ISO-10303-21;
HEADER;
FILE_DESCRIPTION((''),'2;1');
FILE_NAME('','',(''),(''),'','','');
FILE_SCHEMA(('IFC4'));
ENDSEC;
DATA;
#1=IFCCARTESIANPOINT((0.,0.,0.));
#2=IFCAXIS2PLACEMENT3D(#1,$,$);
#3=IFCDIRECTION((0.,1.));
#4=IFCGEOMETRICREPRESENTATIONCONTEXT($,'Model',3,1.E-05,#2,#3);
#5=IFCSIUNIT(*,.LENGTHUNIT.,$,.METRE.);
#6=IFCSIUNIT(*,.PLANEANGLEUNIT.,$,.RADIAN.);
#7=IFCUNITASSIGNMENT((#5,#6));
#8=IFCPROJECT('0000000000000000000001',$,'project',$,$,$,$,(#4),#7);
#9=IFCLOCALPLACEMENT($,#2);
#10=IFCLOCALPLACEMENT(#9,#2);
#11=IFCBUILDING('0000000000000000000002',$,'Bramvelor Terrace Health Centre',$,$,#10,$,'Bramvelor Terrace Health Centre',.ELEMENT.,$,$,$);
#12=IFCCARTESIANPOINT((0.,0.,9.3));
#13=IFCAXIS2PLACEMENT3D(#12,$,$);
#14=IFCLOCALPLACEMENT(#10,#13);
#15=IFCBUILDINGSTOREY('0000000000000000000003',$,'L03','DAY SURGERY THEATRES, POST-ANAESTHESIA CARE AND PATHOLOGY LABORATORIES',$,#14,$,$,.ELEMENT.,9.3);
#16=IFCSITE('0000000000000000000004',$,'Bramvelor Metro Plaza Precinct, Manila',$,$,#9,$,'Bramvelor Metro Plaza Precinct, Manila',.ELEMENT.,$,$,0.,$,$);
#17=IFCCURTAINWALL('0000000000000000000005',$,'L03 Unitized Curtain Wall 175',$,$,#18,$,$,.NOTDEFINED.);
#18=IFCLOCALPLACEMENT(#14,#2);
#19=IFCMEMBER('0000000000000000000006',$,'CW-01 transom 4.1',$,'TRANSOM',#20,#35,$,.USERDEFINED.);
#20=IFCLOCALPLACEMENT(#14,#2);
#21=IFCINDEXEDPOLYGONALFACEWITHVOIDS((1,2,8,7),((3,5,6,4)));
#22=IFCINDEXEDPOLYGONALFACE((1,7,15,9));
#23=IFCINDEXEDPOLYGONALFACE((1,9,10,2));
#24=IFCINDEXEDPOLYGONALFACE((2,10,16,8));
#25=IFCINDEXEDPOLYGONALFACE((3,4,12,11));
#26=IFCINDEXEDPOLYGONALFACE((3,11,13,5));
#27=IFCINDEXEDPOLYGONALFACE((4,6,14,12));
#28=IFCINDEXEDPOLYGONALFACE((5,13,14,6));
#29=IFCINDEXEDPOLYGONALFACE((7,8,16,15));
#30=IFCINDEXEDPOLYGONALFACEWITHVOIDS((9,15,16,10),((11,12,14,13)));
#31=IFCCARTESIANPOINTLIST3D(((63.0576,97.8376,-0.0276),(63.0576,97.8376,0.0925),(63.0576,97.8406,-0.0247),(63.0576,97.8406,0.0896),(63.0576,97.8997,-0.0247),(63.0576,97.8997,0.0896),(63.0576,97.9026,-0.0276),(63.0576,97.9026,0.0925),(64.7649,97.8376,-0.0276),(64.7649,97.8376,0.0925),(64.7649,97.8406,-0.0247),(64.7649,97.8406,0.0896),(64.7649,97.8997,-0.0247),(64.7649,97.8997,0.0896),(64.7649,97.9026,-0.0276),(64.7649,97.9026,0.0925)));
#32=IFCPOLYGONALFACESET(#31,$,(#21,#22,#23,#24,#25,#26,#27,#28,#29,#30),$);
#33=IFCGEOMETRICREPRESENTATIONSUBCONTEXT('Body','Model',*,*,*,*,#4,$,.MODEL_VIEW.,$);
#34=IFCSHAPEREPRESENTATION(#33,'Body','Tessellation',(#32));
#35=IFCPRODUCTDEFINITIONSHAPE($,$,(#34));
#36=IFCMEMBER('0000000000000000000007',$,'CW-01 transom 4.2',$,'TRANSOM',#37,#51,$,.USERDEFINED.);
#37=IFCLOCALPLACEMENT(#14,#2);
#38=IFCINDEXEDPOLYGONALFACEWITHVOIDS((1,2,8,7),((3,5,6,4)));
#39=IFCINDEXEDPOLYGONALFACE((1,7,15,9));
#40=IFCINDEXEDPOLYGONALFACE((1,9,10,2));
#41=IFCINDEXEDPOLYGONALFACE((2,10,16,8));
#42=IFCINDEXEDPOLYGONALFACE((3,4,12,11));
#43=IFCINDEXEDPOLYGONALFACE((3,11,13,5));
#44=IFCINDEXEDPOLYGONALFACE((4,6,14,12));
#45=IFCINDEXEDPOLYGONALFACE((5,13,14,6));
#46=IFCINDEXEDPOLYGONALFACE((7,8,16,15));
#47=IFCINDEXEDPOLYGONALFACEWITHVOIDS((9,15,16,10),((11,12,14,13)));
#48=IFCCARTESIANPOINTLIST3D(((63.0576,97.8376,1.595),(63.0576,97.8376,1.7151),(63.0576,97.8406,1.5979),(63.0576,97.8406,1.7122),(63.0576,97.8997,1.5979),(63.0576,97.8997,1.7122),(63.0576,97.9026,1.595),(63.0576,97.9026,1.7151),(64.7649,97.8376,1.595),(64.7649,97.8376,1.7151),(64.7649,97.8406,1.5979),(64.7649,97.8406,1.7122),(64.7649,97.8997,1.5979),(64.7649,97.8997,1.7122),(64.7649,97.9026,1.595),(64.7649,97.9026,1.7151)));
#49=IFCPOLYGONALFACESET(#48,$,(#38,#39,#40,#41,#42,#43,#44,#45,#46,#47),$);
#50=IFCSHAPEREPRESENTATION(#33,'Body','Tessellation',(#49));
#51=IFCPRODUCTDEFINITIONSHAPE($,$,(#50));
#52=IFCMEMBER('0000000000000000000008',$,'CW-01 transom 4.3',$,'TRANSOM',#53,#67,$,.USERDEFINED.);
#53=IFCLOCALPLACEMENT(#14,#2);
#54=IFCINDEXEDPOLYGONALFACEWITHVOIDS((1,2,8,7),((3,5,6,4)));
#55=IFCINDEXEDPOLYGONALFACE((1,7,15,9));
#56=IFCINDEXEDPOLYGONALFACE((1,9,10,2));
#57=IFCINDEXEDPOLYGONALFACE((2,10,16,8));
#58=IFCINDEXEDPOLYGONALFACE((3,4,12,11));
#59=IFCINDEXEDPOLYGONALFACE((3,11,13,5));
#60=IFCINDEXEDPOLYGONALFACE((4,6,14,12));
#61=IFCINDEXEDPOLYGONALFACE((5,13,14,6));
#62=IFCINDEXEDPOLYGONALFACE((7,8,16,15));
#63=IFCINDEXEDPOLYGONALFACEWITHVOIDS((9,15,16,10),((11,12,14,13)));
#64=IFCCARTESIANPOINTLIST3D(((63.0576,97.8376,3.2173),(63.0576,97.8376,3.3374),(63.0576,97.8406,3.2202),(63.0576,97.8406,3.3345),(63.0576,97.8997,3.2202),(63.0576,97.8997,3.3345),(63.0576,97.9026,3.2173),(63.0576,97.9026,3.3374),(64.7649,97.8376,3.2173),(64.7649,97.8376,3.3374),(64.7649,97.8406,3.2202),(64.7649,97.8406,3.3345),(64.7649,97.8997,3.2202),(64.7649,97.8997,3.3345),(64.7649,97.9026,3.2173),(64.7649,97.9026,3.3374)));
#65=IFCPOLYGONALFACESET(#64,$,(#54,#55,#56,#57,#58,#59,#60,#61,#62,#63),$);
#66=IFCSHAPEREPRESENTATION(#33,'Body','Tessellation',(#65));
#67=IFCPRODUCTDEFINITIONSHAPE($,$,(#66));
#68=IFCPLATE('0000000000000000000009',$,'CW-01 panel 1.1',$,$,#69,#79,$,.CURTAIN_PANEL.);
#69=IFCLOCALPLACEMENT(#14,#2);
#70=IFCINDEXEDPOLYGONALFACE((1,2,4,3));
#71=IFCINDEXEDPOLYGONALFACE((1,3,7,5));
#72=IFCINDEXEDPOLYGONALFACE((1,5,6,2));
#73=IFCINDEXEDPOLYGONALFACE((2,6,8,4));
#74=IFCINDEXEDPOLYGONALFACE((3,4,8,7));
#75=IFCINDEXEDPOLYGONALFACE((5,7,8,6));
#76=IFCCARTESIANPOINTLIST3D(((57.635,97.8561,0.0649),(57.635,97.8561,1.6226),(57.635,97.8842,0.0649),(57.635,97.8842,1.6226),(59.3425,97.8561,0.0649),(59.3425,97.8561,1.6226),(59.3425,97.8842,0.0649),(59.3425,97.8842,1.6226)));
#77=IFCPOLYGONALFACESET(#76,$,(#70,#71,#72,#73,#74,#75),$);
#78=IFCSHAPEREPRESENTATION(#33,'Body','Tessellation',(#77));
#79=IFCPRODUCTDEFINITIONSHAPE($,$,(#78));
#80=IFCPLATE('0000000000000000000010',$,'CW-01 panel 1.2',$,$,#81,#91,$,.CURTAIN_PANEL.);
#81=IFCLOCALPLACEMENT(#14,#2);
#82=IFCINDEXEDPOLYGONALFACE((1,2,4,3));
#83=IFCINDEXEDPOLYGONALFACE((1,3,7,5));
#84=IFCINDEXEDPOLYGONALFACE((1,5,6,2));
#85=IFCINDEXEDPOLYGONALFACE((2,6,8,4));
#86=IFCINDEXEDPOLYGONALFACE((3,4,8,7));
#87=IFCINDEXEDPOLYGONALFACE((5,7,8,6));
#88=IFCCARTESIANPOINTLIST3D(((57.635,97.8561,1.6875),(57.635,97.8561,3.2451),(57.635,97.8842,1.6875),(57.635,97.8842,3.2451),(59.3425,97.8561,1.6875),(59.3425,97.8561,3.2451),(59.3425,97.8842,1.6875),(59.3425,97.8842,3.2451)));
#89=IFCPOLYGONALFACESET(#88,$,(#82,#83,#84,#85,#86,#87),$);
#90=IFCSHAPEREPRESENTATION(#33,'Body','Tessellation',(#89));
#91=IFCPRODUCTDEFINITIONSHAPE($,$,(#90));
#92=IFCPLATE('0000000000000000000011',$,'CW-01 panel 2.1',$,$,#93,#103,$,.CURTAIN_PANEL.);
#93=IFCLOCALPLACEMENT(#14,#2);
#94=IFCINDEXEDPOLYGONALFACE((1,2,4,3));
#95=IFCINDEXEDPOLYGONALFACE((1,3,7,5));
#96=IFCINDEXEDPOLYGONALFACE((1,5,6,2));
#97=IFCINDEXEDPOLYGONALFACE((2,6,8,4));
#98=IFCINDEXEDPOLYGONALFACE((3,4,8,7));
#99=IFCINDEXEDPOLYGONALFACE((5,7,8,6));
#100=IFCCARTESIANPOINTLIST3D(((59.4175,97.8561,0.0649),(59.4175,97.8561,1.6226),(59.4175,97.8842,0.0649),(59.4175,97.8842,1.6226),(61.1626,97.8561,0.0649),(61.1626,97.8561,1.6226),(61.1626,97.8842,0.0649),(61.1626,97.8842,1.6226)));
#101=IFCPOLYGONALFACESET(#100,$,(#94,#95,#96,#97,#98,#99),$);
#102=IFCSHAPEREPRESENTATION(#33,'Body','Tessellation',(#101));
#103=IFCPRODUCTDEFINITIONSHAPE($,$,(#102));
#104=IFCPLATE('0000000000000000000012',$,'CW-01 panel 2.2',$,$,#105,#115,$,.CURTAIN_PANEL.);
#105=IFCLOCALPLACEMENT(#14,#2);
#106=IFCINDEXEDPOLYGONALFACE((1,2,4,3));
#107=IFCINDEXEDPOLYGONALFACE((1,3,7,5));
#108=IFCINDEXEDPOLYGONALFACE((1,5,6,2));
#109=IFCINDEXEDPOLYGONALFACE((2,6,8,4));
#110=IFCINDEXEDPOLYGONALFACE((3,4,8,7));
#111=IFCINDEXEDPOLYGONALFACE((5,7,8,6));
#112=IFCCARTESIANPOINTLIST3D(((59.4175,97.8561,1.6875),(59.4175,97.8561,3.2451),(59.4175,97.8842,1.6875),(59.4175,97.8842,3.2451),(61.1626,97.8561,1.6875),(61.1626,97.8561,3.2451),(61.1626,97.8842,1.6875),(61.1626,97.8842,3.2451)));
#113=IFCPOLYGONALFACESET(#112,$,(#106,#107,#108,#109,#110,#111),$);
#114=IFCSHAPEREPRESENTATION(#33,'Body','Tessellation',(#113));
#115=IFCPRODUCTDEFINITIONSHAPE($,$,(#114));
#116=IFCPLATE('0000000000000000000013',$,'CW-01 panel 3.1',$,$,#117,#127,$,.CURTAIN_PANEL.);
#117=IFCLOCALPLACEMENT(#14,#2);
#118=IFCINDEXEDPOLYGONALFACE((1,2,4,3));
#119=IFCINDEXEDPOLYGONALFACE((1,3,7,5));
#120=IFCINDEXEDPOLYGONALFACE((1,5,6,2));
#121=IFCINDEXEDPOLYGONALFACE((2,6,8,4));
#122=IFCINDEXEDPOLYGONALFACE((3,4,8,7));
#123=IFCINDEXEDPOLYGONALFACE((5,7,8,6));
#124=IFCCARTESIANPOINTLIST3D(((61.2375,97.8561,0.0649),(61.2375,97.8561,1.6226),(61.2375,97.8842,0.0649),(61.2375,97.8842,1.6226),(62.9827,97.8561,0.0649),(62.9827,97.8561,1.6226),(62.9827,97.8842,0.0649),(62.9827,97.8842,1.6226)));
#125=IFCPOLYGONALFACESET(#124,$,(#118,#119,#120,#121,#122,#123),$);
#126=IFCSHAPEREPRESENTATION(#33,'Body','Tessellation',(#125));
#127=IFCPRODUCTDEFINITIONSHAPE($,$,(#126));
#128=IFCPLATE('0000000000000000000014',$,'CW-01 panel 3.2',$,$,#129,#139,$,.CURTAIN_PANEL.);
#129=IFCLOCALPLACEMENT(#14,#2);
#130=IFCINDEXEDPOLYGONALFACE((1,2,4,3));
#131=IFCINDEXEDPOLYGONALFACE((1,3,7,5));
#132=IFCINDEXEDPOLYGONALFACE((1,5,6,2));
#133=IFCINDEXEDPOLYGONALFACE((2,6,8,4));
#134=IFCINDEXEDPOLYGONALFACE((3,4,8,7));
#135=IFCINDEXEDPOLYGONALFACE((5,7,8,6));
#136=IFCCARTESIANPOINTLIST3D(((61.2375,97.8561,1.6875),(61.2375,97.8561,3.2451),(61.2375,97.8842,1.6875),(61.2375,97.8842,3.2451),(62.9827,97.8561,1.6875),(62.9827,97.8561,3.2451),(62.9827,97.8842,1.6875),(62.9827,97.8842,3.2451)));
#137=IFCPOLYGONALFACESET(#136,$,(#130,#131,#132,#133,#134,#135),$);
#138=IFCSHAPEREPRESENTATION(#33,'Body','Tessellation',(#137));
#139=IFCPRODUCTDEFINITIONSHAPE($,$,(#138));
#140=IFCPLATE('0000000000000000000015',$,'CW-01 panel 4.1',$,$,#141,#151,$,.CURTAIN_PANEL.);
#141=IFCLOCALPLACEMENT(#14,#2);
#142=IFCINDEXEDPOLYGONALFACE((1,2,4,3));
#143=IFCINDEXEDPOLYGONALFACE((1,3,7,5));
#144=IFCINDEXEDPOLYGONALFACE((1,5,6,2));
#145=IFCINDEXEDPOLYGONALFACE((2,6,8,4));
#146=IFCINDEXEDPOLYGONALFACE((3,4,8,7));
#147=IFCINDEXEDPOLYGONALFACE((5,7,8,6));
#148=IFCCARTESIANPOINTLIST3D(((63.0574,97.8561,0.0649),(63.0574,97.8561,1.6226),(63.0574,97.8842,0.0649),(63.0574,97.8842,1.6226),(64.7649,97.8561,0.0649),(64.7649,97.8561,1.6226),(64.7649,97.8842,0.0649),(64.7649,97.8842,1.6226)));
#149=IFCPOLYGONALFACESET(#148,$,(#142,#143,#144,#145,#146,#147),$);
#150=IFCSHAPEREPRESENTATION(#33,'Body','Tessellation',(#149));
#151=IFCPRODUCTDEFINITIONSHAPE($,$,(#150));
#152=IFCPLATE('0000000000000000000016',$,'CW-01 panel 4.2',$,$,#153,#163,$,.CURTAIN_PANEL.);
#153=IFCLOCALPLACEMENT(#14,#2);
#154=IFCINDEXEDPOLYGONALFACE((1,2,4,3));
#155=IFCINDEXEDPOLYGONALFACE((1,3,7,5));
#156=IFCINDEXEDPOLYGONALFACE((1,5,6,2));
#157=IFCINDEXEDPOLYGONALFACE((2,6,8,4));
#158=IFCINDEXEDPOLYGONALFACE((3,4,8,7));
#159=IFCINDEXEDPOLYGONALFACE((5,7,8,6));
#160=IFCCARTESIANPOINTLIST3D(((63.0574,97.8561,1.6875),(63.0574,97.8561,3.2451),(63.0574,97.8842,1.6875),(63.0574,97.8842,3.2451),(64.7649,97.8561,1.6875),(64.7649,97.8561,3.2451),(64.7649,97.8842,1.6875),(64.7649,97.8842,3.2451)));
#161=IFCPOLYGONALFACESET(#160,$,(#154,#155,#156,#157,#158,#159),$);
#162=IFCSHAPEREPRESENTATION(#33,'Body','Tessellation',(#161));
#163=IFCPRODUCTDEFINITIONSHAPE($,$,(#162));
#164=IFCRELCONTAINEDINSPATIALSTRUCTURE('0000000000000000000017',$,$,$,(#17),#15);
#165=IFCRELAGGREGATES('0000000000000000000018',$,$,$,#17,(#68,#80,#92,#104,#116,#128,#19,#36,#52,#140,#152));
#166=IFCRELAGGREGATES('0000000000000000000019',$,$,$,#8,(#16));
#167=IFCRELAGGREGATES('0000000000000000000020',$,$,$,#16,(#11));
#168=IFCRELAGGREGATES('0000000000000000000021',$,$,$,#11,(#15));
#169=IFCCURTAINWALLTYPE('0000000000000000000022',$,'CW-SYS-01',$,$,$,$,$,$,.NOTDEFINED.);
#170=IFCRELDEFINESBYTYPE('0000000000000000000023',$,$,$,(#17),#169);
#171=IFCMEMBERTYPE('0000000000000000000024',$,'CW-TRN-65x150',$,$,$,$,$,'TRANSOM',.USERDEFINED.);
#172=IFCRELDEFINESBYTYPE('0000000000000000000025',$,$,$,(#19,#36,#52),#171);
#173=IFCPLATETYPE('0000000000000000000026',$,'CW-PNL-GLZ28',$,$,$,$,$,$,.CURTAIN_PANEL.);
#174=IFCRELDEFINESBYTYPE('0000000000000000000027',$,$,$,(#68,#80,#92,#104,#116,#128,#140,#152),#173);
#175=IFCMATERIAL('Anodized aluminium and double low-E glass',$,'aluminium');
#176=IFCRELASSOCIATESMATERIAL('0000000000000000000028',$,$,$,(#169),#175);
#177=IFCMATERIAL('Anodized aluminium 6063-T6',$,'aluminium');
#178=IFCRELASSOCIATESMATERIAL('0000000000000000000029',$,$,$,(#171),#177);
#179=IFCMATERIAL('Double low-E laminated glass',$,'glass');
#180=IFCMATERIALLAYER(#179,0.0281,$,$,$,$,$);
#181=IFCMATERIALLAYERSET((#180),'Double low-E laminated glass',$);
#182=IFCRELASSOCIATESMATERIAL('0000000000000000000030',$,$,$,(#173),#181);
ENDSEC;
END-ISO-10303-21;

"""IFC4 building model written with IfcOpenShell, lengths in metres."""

from ifc_helpers import new_model, si_unit, direction, frame, origin, origin_2d, place, context, subcontext, project, spatial, rectangle, hollow_rectangle, extrude, material, layer, layer_set, material_profile, profile_set, type_object, element, aggregate, save


model = new_model("IFC4")

# Units and contexts
model_context = context("Model", 3, precision=1e-05, world=origin(), true_north=direction((0.0, 1.0)))
body_context = subcontext(model_context, "Body", "Model", "MODEL_VIEW")
ifc_project = project(units=[si_unit("LENGTHUNIT", "METRE"), si_unit("PLANEANGLEUNIT", "RADIAN")], contexts=[model_context])

# Site, building, storey
site_placement = place(None, origin())
site = spatial("IfcSite", under=ifc_project, at=site_placement, Name="Bramvelor Metro Plaza Precinct, Manila", LongName="Bramvelor Metro Plaza Precinct, Manila", CompositionType="ELEMENT", RefElevation=0.0)
building_placement = place(site_placement, origin())
building = spatial("IfcBuilding", under=site, at=building_placement, Name="Bramvelor Terrace Health Centre", LongName="Bramvelor Terrace Health Centre", CompositionType="ELEMENT")
storey_placement = place(building_placement, frame((0.0, 0.0, 9.3)))
storey = spatial("IfcBuildingStorey", under=building, at=storey_placement, Name="L03", Description="DAY SURGERY THEATRES, POST-ANAESTHESIA CARE AND PATHOLOGY LABORATORIES", CompositionType="ELEMENT", Elevation=9.3)

# Curtain wall, members, plates
ifc_material_1 = material(Name="Anodized aluminium and double low-E glass", Category="aluminium")
curtain_wall_type = type_object("IfcCurtainWallType", Name="CW-SYS-01", PredefinedType="NOTDEFINED", material=ifc_material_1)
curtain_wall_placement = place(storey_placement, origin())
curtain_wall = element("IfcCurtainWall", 1, at=curtain_wall_placement, inside=storey, type_object=curtain_wall_type, Name="L03 Unitized Curtain Wall 175", PredefinedType="NOTDEFINED")
ifc_material_2 = material(Name="Anodized aluminium 6063-T6", Category="aluminium")
ifc_material_profile_1 = material_profile(ifc_material_2, hollow_rectangle(XDim=0.0649, YDim=0.1201, WallThickness=0.0029, at=origin_2d()), Name="ALU-TRN 65x120x3.0")
ifc_profile_set_1 = profile_set([ifc_material_profile_1], Name="Anodized aluminium 6063-T6")
member_type_1 = type_object("IfcMemberType", Name="CW-TRN-65x150", ElementType="TRANSOM", PredefinedType="USERDEFINED", material=ifc_profile_set_1)
member_1_placement = place(storey_placement, frame((63.0576, 97.8701, 0.0325), z_axis=(1.0, 0.0, 0.0), x_axis=(0.0, 1.0, 0.0)))
member_1 = element("IfcMember", 2, at=member_1_placement, type_object=member_type_1, Name="CW-01 transom 4.1", ObjectType="TRANSOM", PredefinedType="USERDEFINED", context=body_context, shape_type="SweptSolid", body=[
    extrude(hollow_rectangle(XDim=0.0649, YDim=0.1201, WallThickness=0.0029, at=origin_2d()), origin(), (0.0, 0.0, 1.0), 1.7073),
])
member_2_placement = place(storey_placement, frame((63.0576, 97.8701, 1.655), z_axis=(1.0, 0.0, 0.0), x_axis=(0.0, 1.0, 0.0)))
member_2 = element("IfcMember", 3, at=member_2_placement, type_object=member_type_1, Name="CW-01 transom 4.2", ObjectType="TRANSOM", PredefinedType="USERDEFINED", context=body_context, shape_type="SweptSolid", body=[
    extrude(hollow_rectangle(XDim=0.0649, YDim=0.1201, WallThickness=0.0029, at=origin_2d()), origin(), (0.0, 0.0, 1.0), 1.7073),
])
member_3_placement = place(storey_placement, frame((63.0576, 97.8701, 3.2773), z_axis=(1.0, 0.0, 0.0), x_axis=(0.0, 1.0, 0.0)))
member_3 = element("IfcMember", 4, at=member_3_placement, type_object=member_type_1, Name="CW-01 transom 4.3", ObjectType="TRANSOM", PredefinedType="USERDEFINED", context=body_context, shape_type="SweptSolid", body=[
    extrude(hollow_rectangle(XDim=0.0649, YDim=0.1201, WallThickness=0.0029, at=origin_2d()), origin(), (0.0, 0.0, 1.0), 1.7073),
])
ifc_material_3 = material(Name="Double low-E laminated glass", Category="glass")
ifc_layer = layer(ifc_material_3, 0.0281)
ifc_layer_set = layer_set([ifc_layer], Name="Double low-E laminated glass")
plate_type = type_object("IfcPlateType", Name="CW-PNL-GLZ28", PredefinedType="CURTAIN_PANEL", material=ifc_layer_set)
plate_1_placement = place(storey_placement, frame((58.4888, 97.8701, 0.0649), z_axis=(0.0, 0.0, 1.0), x_axis=(1.0, 0.0, 0.0)))
plate_1 = element("IfcPlate", 5, at=plate_1_placement, type_object=plate_type, Name="CW-01 panel 1.1", PredefinedType="CURTAIN_PANEL", context=body_context, shape_type="SweptSolid", body=[
    extrude(rectangle(XDim=1.7075, YDim=0.0281, at=origin_2d()), origin(), (0.0, 0.0, 1.0), 1.5576),
])
plate_2_placement = place(storey_placement, frame((58.4888, 97.8701, 1.6875), z_axis=(0.0, 0.0, 1.0), x_axis=(1.0, 0.0, 0.0)))
plate_2 = element("IfcPlate", 6, at=plate_2_placement, type_object=plate_type, Name="CW-01 panel 1.2", PredefinedType="CURTAIN_PANEL", context=body_context, shape_type="SweptSolid", body=[
    extrude(rectangle(XDim=1.7075, YDim=0.0281, at=origin_2d()), origin(), (0.0, 0.0, 1.0), 1.5576),
])
plate_3_placement = place(storey_placement, frame((60.29, 97.8701, 0.0649), z_axis=(0.0, 0.0, 1.0), x_axis=(1.0, 0.0, 0.0)))
plate_3 = element("IfcPlate", 7, at=plate_3_placement, type_object=plate_type, Name="CW-01 panel 2.1", PredefinedType="CURTAIN_PANEL", context=body_context, shape_type="SweptSolid", body=[
    extrude(rectangle(XDim=1.7451, YDim=0.0281, at=origin_2d()), origin(), (0.0, 0.0, 1.0), 1.5576),
])
plate_4_placement = place(storey_placement, frame((60.29, 97.8701, 1.6875), z_axis=(0.0, 0.0, 1.0), x_axis=(1.0, 0.0, 0.0)))
plate_4 = element("IfcPlate", 8, at=plate_4_placement, type_object=plate_type, Name="CW-01 panel 2.2", PredefinedType="CURTAIN_PANEL", context=body_context, shape_type="SweptSolid", body=[
    extrude(rectangle(XDim=1.7451, YDim=0.0281, at=origin_2d()), origin(), (0.0, 0.0, 1.0), 1.5576),
])
plate_5_placement = place(storey_placement, frame((62.1101, 97.8701, 0.0649), z_axis=(0.0, 0.0, 1.0), x_axis=(1.0, 0.0, 0.0)))
plate_5 = element("IfcPlate", 9, at=plate_5_placement, type_object=plate_type, Name="CW-01 panel 3.1", PredefinedType="CURTAIN_PANEL", context=body_context, shape_type="SweptSolid", body=[
    extrude(rectangle(XDim=1.7451, YDim=0.0281, at=origin_2d()), origin(), (0.0, 0.0, 1.0), 1.5576),
])
plate_6_placement = place(storey_placement, frame((62.1101, 97.8701, 1.6875), z_axis=(0.0, 0.0, 1.0), x_axis=(1.0, 0.0, 0.0)))
plate_6 = element("IfcPlate", 10, at=plate_6_placement, type_object=plate_type, Name="CW-01 panel 3.2", PredefinedType="CURTAIN_PANEL", context=body_context, shape_type="SweptSolid", body=[
    extrude(rectangle(XDim=1.7451, YDim=0.0281, at=origin_2d()), origin(), (0.0, 0.0, 1.0), 1.5576),
])
plate_7_placement = place(storey_placement, frame((63.9111, 97.8701, 0.0649), z_axis=(0.0, 0.0, 1.0), x_axis=(1.0, 0.0, 0.0)))
plate_7 = element("IfcPlate", 11, at=plate_7_placement, type_object=plate_type, Name="CW-01 panel 4.1", PredefinedType="CURTAIN_PANEL", context=body_context, shape_type="SweptSolid", body=[
    extrude(rectangle(XDim=1.7075, YDim=0.0281, at=origin_2d()), origin(), (0.0, 0.0, 1.0), 1.5576),
])
plate_8_placement = place(storey_placement, frame((63.9111, 97.8701, 1.6875), z_axis=(0.0, 0.0, 1.0), x_axis=(1.0, 0.0, 0.0)))
plate_8 = element("IfcPlate", 12, at=plate_8_placement, type_object=plate_type, Name="CW-01 panel 4.2", PredefinedType="CURTAIN_PANEL", context=body_context, shape_type="SweptSolid", body=[
    extrude(rectangle(XDim=1.7075, YDim=0.0281, at=origin_2d()), origin(), (0.0, 0.0, 1.0), 1.5576),
])
aggregate(curtain_wall, [plate_1, plate_2, plate_3, plate_4, plate_5, plate_6, member_1, member_2, member_3, plate_7, plate_8])

save(model, "model.ifc")
